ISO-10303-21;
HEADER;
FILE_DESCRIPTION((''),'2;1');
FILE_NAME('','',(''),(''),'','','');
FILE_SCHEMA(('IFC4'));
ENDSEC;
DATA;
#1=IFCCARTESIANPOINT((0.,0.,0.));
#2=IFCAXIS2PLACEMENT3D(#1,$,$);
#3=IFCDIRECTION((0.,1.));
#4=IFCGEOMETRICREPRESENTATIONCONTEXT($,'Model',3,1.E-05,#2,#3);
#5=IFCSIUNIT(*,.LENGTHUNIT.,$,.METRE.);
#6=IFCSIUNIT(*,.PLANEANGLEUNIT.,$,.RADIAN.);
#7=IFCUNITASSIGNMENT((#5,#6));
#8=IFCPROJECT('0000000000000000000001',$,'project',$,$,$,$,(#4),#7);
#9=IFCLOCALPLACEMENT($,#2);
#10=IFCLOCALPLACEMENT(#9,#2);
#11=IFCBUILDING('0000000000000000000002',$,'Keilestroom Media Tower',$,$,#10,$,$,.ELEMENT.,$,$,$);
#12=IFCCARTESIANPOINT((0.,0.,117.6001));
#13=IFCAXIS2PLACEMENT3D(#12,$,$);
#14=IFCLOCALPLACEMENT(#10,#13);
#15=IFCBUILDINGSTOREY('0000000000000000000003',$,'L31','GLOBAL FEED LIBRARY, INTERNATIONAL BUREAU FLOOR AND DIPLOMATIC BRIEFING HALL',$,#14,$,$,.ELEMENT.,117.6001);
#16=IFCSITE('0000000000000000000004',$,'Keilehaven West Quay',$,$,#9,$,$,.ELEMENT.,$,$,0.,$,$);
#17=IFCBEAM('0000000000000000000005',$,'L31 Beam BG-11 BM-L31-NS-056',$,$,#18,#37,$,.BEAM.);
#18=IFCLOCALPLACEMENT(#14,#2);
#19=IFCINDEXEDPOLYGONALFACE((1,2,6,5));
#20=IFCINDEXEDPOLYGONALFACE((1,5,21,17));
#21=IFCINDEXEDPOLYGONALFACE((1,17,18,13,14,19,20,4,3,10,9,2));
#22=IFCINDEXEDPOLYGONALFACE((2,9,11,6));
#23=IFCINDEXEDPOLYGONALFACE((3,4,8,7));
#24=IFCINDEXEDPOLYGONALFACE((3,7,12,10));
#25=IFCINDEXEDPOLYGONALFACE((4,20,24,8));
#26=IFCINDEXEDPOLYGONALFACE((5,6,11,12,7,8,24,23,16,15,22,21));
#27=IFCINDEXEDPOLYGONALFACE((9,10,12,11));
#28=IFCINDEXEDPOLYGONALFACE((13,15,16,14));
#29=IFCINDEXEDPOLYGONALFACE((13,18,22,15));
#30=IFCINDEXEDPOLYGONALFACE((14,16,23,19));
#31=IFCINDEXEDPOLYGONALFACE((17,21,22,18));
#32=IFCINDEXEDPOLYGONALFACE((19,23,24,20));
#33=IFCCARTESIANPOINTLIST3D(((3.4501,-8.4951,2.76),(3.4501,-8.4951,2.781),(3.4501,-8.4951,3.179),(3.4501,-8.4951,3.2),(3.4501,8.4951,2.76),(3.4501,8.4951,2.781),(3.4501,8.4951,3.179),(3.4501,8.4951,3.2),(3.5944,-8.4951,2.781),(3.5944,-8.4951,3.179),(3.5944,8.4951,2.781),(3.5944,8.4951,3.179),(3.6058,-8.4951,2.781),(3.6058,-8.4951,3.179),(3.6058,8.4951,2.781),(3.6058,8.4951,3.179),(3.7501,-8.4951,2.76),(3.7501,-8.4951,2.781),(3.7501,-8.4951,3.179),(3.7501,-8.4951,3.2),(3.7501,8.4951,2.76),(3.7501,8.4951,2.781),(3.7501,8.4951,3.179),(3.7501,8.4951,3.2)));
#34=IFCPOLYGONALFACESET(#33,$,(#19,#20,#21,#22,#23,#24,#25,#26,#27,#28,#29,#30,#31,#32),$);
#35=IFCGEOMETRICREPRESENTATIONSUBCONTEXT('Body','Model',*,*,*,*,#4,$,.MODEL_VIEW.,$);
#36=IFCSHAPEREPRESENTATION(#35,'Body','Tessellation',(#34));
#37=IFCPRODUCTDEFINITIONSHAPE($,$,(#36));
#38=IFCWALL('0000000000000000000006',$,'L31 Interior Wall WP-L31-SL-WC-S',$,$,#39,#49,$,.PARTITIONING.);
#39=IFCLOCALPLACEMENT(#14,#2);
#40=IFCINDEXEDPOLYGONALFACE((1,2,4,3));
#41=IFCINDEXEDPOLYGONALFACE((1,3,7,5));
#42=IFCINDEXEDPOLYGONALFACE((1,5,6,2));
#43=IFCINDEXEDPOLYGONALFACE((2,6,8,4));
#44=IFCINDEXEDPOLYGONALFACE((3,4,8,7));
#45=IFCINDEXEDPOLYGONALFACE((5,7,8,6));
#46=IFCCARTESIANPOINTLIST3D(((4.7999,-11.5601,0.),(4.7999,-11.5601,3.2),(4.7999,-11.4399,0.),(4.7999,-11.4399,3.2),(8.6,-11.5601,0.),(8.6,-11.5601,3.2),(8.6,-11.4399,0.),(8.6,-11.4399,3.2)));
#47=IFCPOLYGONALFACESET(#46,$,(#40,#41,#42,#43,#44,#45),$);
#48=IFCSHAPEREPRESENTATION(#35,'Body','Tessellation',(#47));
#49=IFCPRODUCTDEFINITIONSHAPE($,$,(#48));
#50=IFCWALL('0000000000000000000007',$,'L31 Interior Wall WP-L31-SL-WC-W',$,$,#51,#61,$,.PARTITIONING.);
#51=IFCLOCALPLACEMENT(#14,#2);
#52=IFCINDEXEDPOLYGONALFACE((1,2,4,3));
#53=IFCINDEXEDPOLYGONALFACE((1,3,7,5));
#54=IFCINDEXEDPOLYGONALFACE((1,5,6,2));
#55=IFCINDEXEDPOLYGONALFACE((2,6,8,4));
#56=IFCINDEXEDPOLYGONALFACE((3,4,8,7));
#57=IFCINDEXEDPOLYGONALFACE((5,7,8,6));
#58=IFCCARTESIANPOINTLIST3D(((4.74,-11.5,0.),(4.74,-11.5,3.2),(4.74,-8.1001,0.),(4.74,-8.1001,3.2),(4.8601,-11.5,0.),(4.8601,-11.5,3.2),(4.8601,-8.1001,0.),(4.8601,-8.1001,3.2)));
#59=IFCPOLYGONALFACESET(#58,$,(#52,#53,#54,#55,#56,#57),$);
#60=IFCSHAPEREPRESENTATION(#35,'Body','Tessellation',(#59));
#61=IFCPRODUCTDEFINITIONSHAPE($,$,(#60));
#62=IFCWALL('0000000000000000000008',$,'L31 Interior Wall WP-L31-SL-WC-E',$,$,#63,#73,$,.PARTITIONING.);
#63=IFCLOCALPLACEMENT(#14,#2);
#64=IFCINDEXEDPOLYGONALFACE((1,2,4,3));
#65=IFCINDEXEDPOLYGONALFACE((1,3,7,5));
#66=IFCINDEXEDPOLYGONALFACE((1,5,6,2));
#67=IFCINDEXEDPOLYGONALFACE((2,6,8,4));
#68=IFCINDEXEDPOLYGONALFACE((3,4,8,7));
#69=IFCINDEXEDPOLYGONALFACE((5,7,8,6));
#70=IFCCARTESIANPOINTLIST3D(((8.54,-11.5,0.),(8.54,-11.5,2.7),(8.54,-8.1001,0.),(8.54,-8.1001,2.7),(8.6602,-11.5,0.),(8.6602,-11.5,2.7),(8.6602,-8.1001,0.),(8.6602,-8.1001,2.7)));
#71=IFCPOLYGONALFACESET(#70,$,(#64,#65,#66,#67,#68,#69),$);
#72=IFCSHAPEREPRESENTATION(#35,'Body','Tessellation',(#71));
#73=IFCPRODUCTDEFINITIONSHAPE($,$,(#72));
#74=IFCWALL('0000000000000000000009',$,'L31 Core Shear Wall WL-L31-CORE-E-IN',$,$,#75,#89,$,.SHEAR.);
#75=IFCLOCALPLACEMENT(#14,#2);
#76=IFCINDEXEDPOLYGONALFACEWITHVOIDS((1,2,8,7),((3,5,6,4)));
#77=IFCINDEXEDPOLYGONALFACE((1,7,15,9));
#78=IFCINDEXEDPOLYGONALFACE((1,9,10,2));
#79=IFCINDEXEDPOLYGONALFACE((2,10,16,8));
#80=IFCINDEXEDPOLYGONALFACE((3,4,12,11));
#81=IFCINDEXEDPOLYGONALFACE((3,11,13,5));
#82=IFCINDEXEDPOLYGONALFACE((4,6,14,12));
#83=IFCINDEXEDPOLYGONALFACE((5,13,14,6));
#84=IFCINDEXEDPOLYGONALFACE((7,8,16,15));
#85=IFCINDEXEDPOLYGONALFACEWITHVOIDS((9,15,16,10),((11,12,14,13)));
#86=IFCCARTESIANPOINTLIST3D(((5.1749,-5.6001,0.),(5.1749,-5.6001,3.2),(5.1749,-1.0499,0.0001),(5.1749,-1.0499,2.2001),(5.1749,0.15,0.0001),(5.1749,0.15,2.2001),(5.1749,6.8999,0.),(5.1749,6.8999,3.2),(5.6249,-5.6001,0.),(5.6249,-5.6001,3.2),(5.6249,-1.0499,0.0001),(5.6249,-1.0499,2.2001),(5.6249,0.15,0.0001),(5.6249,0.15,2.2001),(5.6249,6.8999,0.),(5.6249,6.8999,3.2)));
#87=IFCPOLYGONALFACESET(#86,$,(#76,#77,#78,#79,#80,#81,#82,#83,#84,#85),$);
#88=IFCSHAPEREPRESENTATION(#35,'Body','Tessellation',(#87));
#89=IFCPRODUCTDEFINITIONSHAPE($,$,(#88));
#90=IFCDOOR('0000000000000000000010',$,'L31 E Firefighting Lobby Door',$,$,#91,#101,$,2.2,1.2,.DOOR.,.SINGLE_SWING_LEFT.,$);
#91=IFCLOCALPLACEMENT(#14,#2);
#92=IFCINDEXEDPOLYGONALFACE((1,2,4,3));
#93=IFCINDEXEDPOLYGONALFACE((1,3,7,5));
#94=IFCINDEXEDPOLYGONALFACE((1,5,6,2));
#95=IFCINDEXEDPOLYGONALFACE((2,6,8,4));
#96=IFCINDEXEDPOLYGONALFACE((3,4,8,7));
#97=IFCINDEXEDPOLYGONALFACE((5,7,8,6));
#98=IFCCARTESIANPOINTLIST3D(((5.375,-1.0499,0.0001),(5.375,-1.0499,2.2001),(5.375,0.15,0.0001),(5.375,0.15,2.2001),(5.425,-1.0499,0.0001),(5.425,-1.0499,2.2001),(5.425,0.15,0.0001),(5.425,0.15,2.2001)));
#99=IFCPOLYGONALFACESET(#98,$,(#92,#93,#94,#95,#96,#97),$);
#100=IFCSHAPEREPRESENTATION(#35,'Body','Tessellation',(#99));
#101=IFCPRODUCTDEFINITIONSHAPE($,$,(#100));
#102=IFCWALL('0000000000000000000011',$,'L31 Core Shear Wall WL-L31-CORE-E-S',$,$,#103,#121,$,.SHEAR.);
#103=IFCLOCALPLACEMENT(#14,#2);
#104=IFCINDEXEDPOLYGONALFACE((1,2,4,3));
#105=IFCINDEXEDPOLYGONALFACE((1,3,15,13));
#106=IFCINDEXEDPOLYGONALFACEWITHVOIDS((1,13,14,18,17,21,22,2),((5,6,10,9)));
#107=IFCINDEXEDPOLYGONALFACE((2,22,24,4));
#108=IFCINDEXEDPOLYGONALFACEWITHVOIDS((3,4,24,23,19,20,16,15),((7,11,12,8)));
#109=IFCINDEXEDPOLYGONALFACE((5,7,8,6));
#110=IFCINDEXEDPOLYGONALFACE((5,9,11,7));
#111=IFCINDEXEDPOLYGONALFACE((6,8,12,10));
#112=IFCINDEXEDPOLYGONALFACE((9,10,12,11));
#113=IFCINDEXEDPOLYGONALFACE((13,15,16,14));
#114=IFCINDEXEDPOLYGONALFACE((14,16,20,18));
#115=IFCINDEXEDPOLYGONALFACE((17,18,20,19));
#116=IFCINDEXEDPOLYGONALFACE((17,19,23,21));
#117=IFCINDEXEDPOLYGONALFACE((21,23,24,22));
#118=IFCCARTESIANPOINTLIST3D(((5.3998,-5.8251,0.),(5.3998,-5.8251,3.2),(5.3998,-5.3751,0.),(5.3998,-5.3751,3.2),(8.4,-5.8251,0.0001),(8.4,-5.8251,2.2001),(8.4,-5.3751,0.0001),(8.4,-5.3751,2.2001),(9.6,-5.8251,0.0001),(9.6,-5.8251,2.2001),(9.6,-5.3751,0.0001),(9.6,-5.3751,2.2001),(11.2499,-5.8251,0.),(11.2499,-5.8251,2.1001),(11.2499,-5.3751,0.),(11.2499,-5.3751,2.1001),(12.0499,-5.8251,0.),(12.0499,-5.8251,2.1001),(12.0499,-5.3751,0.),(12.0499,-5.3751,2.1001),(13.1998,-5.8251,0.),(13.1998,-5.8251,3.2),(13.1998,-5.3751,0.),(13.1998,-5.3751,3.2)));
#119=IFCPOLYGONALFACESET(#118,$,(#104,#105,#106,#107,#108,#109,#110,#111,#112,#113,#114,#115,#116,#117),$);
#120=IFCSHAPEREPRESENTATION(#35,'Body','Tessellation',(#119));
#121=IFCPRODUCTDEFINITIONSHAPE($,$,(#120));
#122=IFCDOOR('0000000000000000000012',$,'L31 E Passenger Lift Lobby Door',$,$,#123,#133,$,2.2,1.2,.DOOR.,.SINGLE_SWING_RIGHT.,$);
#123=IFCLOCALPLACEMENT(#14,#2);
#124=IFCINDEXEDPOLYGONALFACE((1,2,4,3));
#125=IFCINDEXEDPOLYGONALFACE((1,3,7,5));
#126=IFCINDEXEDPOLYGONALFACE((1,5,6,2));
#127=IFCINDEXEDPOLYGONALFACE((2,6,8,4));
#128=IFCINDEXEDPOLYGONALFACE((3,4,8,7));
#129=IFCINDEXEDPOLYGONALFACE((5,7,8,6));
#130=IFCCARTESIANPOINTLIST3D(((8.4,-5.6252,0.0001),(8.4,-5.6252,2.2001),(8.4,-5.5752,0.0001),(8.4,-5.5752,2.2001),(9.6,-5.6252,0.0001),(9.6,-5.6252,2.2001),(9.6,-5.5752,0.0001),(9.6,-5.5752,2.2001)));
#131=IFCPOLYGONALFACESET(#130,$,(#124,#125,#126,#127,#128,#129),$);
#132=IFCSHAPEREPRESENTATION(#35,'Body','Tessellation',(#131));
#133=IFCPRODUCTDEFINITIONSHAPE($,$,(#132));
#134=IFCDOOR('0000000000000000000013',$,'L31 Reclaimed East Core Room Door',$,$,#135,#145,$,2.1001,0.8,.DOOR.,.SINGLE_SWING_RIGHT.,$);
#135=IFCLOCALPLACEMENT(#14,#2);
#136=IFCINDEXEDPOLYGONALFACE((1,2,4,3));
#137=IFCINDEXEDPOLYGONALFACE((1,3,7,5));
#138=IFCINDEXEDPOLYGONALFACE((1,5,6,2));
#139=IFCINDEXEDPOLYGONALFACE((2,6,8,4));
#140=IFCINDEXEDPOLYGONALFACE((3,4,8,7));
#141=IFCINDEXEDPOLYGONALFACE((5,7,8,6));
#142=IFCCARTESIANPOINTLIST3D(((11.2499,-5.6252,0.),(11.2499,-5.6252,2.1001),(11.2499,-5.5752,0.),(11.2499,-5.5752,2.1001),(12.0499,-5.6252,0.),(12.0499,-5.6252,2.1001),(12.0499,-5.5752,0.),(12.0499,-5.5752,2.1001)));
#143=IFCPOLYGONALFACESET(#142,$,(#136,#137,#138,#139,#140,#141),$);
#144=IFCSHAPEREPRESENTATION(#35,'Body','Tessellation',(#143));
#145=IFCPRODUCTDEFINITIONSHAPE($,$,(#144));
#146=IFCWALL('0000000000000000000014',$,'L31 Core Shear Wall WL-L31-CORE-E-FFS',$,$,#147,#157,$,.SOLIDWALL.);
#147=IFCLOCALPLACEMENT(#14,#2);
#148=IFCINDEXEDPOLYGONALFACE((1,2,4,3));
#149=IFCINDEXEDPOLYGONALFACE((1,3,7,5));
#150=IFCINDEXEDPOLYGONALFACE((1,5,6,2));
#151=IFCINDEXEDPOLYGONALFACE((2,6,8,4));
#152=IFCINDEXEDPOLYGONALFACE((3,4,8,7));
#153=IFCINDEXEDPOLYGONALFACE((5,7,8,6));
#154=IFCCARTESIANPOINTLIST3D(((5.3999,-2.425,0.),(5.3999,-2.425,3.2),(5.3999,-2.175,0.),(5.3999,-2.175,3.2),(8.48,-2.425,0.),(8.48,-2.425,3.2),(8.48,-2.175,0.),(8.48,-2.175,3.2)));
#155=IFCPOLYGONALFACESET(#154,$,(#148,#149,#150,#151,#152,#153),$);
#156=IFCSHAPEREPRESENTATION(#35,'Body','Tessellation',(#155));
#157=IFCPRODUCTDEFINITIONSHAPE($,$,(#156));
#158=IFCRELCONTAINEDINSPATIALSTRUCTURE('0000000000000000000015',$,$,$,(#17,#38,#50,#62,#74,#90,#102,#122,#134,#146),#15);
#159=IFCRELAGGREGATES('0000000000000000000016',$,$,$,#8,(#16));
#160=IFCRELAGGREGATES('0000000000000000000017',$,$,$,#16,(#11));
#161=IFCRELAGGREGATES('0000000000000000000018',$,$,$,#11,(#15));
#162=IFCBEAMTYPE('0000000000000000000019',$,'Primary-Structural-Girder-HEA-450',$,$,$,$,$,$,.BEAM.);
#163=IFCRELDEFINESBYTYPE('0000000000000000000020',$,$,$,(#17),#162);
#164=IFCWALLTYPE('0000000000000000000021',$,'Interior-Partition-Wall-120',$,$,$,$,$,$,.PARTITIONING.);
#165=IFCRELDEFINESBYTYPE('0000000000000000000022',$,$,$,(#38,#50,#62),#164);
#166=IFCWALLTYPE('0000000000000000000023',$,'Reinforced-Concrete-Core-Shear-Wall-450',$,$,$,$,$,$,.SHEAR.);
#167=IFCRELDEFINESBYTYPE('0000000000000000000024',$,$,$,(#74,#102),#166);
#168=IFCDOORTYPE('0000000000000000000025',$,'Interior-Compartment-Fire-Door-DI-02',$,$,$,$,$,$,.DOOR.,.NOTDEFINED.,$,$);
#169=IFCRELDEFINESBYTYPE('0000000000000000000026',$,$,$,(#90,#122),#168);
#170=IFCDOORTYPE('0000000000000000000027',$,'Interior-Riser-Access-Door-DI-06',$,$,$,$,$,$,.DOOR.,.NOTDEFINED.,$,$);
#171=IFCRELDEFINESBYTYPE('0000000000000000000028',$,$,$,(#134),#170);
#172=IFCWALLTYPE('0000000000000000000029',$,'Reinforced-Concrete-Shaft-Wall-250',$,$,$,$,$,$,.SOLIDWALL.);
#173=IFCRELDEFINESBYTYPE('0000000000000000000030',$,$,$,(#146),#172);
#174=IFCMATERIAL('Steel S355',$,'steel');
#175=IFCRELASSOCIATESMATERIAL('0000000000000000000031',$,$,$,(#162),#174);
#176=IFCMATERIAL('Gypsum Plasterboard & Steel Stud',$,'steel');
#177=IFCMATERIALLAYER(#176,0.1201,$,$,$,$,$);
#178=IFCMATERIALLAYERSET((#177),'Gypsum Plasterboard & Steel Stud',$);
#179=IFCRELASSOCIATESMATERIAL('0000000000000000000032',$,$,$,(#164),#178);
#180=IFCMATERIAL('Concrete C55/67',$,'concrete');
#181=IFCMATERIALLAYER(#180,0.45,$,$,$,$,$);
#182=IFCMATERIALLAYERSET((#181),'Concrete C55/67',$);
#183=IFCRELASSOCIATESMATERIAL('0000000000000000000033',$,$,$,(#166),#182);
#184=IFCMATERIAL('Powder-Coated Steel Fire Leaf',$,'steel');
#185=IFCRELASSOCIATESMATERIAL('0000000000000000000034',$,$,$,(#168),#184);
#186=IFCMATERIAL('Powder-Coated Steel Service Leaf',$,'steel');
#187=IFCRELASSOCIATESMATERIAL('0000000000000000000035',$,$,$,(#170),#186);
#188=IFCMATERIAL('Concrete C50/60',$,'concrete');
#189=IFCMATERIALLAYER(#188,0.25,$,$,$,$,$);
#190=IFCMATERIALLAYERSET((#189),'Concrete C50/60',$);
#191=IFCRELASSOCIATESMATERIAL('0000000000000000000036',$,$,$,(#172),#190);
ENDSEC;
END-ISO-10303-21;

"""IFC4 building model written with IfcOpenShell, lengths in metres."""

from ifc_helpers import new_model, si_unit, direction, frame, frame_2d, origin, origin_2d, place, context, subcontext, project, spatial, rectangle, i_section, extrude, source, transform, mapped, material, layer, layer_set, material_profile, profile_set, type_object, element, fill, save


model = new_model("IFC4")

# Units and contexts
model_context = context("Model", 3, precision=1e-05, world=origin(), true_north=direction((0.0, 1.0)))
body_context = subcontext(model_context, "Body", "Model", "MODEL_VIEW")
ifc_project = project(units=[si_unit("LENGTHUNIT", "METRE"), si_unit("PLANEANGLEUNIT", "RADIAN")], contexts=[model_context])

# Site, building, storey
site_placement = place(None, origin())
site = spatial("IfcSite", under=ifc_project, at=site_placement, Name="Keilehaven West Quay", CompositionType="ELEMENT", RefElevation=0.0)
building_placement = place(site_placement, origin())
building = spatial("IfcBuilding", under=site, at=building_placement, Name="Keilestroom Media Tower", CompositionType="ELEMENT")
storey_placement = place(building_placement, frame((0.0, 0.0, 117.6001)))
storey = spatial("IfcBuildingStorey", under=building, at=storey_placement, Name="L31", Description="GLOBAL FEED LIBRARY, INTERNATIONAL BUREAU FLOOR AND DIPLOMATIC BRIEFING HALL", CompositionType="ELEMENT", Elevation=117.6001)

# Shared definitions
ifc_material_1 = material(Name="Steel S355", Category="steel")
ifc_material_2 = material(Name="Concrete C55/67", Category="concrete")

# Beam
ifc_material_profile_1 = material_profile(ifc_material_1, i_section(OverallWidth=0.3, OverallDepth=0.4399, WebThickness=0.0115, FlangeThickness=0.021, at=origin_2d()), Name="HEA 450")
ifc_profile_set_1 = profile_set([ifc_material_profile_1], Name="Steel S355")
beam_type_1 = type_object("IfcBeamType", Name="Primary-Structural-Girder-HEA-450", PredefinedType="BEAM", material=ifc_profile_set_1)
shared_shape_1 = source(origin(), body_context, "Body", "SweptSolid", [
    extrude(i_section(OverallWidth=0.3, OverallDepth=0.4399, WebThickness=0.0115, FlangeThickness=0.021, at=origin_2d()), origin(), (0.0, 0.0, 1.0), 16.9902),
])
beam_1_placement = place(storey_placement, frame((3.6001, -8.4951, 2.98), z_axis=(0.0, 1.0, 0.0), x_axis=(-1.0, 0.0, 0.0)))
element("IfcBeam", 1, at=beam_1_placement, inside=storey, type_object=beam_type_1, Name="L31 Beam BG-11 BM-L31-NS-056", PredefinedType="BEAM", context=body_context, shape_type="MappedRepresentation", body=[
    mapped(shared_shape_1, transform((0.0, 0.0, 0.0), x_axis=(1.0, 0.0, 0.0), y_axis=(0.0, 1.0, 0.0), z_axis=(0.0, 0.0, 1.0), scale=1.0)),
])

# Walls
ifc_material_3 = material(Name="Gypsum Plasterboard & Steel Stud", Category="steel")
ifc_layer_1 = layer(ifc_material_3, 0.1201)
ifc_layer_set_1 = layer_set([ifc_layer_1], Name="Gypsum Plasterboard & Steel Stud")
wall_type_1 = type_object("IfcWallType", Name="Interior-Partition-Wall-120", PredefinedType="PARTITIONING", material=ifc_layer_set_1)
wall_1_placement = place(storey_placement, frame((4.8, -11.5, 0.0), z_axis=(0.0, 0.0, 1.0), x_axis=(1.0, 0.0, 0.0)))
element("IfcWall", 2, at=wall_1_placement, inside=storey, type_object=wall_type_1, Name="L31 Interior Wall WP-L31-SL-WC-S", PredefinedType="PARTITIONING", context=body_context, shape_type="SweptSolid", body=[
    extrude(rectangle(XDim=3.8, YDim=0.1201, at=frame_2d((1.8999, 0.0))), origin(), (0.0, 0.0, 1.0), 3.2),
])
wall_2_placement = place(storey_placement, frame((4.8, -11.5, 0.0), z_axis=(0.0, 0.0, 1.0), x_axis=(0.0, 1.0, 0.0)))
element("IfcWall", 3, at=wall_2_placement, inside=storey, type_object=wall_type_1, Name="L31 Interior Wall WP-L31-SL-WC-W", PredefinedType="PARTITIONING", context=body_context, shape_type="SweptSolid", body=[
    extrude(rectangle(XDim=3.3999, YDim=0.1201, at=frame_2d((1.7, 0.0))), origin(), (0.0, 0.0, 1.0), 3.2),
])
wall_3_placement = place(storey_placement, frame((8.6001, -11.5, 0.0), z_axis=(0.0, 0.0, 1.0), x_axis=(0.0, 1.0, 0.0)))
element("IfcWall", 4, at=wall_3_placement, inside=storey, type_object=wall_type_1, Name="L31 Interior Wall WP-L31-SL-WC-E", PredefinedType="PARTITIONING", context=body_context, shape_type="SweptSolid", body=[
    extrude(rectangle(XDim=3.3999, YDim=0.1201, at=frame_2d((1.7, 0.0))), origin(), (0.0, 0.0, 1.0), 2.7),
])

# Wall, opening, door
ifc_layer_2 = layer(ifc_material_2, 0.45)
ifc_layer_set_2 = layer_set([ifc_layer_2], Name="Concrete C55/67")
wall_type_2 = type_object("IfcWallType", Name="Reinforced-Concrete-Core-Shear-Wall-450", PredefinedType="SHEAR", material=ifc_layer_set_2)
wall_4_placement = place(storey_placement, frame((5.3999, -5.6001, 0.0), z_axis=(0.0, 0.0, 1.0), x_axis=(0.0, 1.0, 0.0)))
wall_4 = element("IfcWall", 5, at=wall_4_placement, inside=storey, type_object=wall_type_2, Name="L31 Core Shear Wall WL-L31-CORE-E-IN", PredefinedType="SHEAR", context=body_context, shape_type="SweptSolid", body=[
    extrude(rectangle(XDim=12.5, YDim=0.45, at=frame_2d((6.25, 0.0))), origin(), (0.0, 0.0, 1.0), 3.2),
])
opening_1_placement = place(wall_4_placement, frame((4.55, 0.0, 0.0)))
opening_1 = element("IfcOpeningElement", 6, at=opening_1_placement, cuts=wall_4, PredefinedType="OPENING", context=body_context, shape_type="SweptSolid", body=[
    extrude(rectangle(XDim=1.2, YDim=2.2, at=frame_2d((0.6001, 1.1001))), frame((0.0, 0.2349, 0.0), z_axis=(0.0, -1.0, 0.0), x_axis=(1.0, 0.0, 0.0)), (0.0, 0.0, 1.0), 0.47),
])
ifc_material_4 = material(Name="Powder-Coated Steel Fire Leaf", Category="steel")
door_type_1 = type_object("IfcDoorType", Name="Interior-Compartment-Fire-Door-DI-02", OperationType="NOTDEFINED", PredefinedType="DOOR", material=ifc_material_4)
shared_shape_2 = source(origin(), body_context, "Body", "SweptSolid", [
    extrude(rectangle(XDim=1.2, YDim=2.2, at=frame_2d((0.6001, 1.1001))), frame((0.0, 0.0249, 0.0), z_axis=(0.0, -1.0, 0.0), x_axis=(1.0, 0.0, 0.0)), (0.0, 0.0, 1.0), 0.05),
])
door_1_placement = place(opening_1_placement, origin())
door_1 = element("IfcDoor", 7, at=door_1_placement, inside=storey, type_object=door_type_1, Name="L31 E Firefighting Lobby Door", OperationType="SINGLE_SWING_LEFT", OverallHeight=2.2, OverallWidth=1.2, PredefinedType="DOOR", context=body_context, shape_type="MappedRepresentation", body=[
    mapped(shared_shape_2, transform((0.0, 0.0, 0.0), x_axis=(1.0, 0.0, 0.0), y_axis=(0.0, 1.0, 0.0), z_axis=(0.0, 0.0, 1.0), scale=1.0)),
])
fill(opening_1, door_1)

# Wall, openings, doors
wall_5_placement = place(storey_placement, frame((5.3999, -5.6001, 0.0), z_axis=(0.0, 0.0, 1.0), x_axis=(1.0, 0.0, 0.0)))
wall_5 = element("IfcWall", 8, at=wall_5_placement, inside=storey, type_object=wall_type_2, Name="L31 Core Shear Wall WL-L31-CORE-E-S", PredefinedType="SHEAR", context=body_context, shape_type="SweptSolid", body=[
    extrude(rectangle(XDim=7.8, YDim=0.45, at=frame_2d((3.8999, 0.0))), origin(), (0.0, 0.0, 1.0), 3.2),
])
opening_2_placement = place(wall_5_placement, frame((3.0, 0.0, 0.0)))
opening_2 = element("IfcOpeningElement", 9, at=opening_2_placement, cuts=wall_5, PredefinedType="OPENING", context=body_context, shape_type="SweptSolid", body=[
    extrude(rectangle(XDim=1.2, YDim=2.2, at=frame_2d((0.6001, 1.1001))), frame((0.0, 0.2349, 0.0), z_axis=(0.0, -1.0, 0.0), x_axis=(1.0, 0.0, 0.0)), (0.0, 0.0, 1.0), 0.47),
])
opening_3_placement = place(wall_5_placement, frame((5.8501, 0.0, 0.0)))
opening_3 = element("IfcOpeningElement", 10, at=opening_3_placement, cuts=wall_5, PredefinedType="OPENING", context=body_context, shape_type="SweptSolid", body=[
    extrude(rectangle(XDim=0.8, YDim=2.1001, at=frame_2d((0.3999, 1.05))), frame((0.0, 0.2349, 0.0), z_axis=(0.0, -1.0, 0.0), x_axis=(1.0, 0.0, 0.0)), (0.0, 0.0, 1.0), 0.47),
])
door_2_placement = place(opening_2_placement, origin())
door_2 = element("IfcDoor", 11, at=door_2_placement, inside=storey, type_object=door_type_1, Name="L31 E Passenger Lift Lobby Door", OperationType="SINGLE_SWING_RIGHT", OverallHeight=2.2, OverallWidth=1.2, PredefinedType="DOOR", context=body_context, shape_type="MappedRepresentation", body=[
    mapped(shared_shape_2, transform((0.0, 0.0, 0.0), x_axis=(1.0, 0.0, 0.0), y_axis=(0.0, 1.0, 0.0), z_axis=(0.0, 0.0, 1.0), scale=1.0)),
])
fill(opening_2, door_2)
ifc_material_5 = material(Name="Powder-Coated Steel Service Leaf", Category="steel")
door_type_2 = type_object("IfcDoorType", Name="Interior-Riser-Access-Door-DI-06", OperationType="NOTDEFINED", PredefinedType="DOOR", material=ifc_material_5)
shared_shape_3 = source(origin(), body_context, "Body", "SweptSolid", [
    extrude(rectangle(XDim=0.8, YDim=2.1001, at=frame_2d((0.3999, 1.05))), frame((0.0, 0.0249, 0.0), z_axis=(0.0, -1.0, 0.0), x_axis=(1.0, 0.0, 0.0)), (0.0, 0.0, 1.0), 0.05),
])
door_3_placement = place(opening_3_placement, origin())
door_3 = element("IfcDoor", 12, at=door_3_placement, inside=storey, type_object=door_type_2, Name="L31 Reclaimed East Core Room Door", OperationType="SINGLE_SWING_RIGHT", OverallHeight=2.1001, OverallWidth=0.8, PredefinedType="DOOR", context=body_context, shape_type="MappedRepresentation", body=[
    mapped(shared_shape_3, transform((0.0, 0.0, 0.0), x_axis=(1.0, 0.0, 0.0), y_axis=(0.0, 1.0, 0.0), z_axis=(0.0, 0.0, 1.0), scale=1.0)),
])
fill(opening_3, door_3)

# Wall
ifc_material_6 = material(Name="Concrete C50/60", Category="concrete")
ifc_layer_3 = layer(ifc_material_6, 0.25)
ifc_layer_set_3 = layer_set([ifc_layer_3], Name="Concrete C50/60")
wall_type_3 = type_object("IfcWallType", Name="Reinforced-Concrete-Shaft-Wall-250", PredefinedType="SOLIDWALL", material=ifc_layer_set_3)
wall_6_placement = place(storey_placement, frame((5.3999, -2.3, 0.0), z_axis=(0.0, 0.0, 1.0), x_axis=(1.0, 0.0, 0.0)))
element("IfcWall", 13, at=wall_6_placement, inside=storey, type_object=wall_type_3, Name="L31 Core Shear Wall WL-L31-CORE-E-FFS", PredefinedType="SOLIDWALL", context=body_context, shape_type="SweptSolid", body=[
    extrude(rectangle(XDim=3.0801, YDim=0.25, at=frame_2d((1.54, 0.0))), origin(), (0.0, 0.0, 1.0), 3.2),
])

save(model, "model.ifc")
